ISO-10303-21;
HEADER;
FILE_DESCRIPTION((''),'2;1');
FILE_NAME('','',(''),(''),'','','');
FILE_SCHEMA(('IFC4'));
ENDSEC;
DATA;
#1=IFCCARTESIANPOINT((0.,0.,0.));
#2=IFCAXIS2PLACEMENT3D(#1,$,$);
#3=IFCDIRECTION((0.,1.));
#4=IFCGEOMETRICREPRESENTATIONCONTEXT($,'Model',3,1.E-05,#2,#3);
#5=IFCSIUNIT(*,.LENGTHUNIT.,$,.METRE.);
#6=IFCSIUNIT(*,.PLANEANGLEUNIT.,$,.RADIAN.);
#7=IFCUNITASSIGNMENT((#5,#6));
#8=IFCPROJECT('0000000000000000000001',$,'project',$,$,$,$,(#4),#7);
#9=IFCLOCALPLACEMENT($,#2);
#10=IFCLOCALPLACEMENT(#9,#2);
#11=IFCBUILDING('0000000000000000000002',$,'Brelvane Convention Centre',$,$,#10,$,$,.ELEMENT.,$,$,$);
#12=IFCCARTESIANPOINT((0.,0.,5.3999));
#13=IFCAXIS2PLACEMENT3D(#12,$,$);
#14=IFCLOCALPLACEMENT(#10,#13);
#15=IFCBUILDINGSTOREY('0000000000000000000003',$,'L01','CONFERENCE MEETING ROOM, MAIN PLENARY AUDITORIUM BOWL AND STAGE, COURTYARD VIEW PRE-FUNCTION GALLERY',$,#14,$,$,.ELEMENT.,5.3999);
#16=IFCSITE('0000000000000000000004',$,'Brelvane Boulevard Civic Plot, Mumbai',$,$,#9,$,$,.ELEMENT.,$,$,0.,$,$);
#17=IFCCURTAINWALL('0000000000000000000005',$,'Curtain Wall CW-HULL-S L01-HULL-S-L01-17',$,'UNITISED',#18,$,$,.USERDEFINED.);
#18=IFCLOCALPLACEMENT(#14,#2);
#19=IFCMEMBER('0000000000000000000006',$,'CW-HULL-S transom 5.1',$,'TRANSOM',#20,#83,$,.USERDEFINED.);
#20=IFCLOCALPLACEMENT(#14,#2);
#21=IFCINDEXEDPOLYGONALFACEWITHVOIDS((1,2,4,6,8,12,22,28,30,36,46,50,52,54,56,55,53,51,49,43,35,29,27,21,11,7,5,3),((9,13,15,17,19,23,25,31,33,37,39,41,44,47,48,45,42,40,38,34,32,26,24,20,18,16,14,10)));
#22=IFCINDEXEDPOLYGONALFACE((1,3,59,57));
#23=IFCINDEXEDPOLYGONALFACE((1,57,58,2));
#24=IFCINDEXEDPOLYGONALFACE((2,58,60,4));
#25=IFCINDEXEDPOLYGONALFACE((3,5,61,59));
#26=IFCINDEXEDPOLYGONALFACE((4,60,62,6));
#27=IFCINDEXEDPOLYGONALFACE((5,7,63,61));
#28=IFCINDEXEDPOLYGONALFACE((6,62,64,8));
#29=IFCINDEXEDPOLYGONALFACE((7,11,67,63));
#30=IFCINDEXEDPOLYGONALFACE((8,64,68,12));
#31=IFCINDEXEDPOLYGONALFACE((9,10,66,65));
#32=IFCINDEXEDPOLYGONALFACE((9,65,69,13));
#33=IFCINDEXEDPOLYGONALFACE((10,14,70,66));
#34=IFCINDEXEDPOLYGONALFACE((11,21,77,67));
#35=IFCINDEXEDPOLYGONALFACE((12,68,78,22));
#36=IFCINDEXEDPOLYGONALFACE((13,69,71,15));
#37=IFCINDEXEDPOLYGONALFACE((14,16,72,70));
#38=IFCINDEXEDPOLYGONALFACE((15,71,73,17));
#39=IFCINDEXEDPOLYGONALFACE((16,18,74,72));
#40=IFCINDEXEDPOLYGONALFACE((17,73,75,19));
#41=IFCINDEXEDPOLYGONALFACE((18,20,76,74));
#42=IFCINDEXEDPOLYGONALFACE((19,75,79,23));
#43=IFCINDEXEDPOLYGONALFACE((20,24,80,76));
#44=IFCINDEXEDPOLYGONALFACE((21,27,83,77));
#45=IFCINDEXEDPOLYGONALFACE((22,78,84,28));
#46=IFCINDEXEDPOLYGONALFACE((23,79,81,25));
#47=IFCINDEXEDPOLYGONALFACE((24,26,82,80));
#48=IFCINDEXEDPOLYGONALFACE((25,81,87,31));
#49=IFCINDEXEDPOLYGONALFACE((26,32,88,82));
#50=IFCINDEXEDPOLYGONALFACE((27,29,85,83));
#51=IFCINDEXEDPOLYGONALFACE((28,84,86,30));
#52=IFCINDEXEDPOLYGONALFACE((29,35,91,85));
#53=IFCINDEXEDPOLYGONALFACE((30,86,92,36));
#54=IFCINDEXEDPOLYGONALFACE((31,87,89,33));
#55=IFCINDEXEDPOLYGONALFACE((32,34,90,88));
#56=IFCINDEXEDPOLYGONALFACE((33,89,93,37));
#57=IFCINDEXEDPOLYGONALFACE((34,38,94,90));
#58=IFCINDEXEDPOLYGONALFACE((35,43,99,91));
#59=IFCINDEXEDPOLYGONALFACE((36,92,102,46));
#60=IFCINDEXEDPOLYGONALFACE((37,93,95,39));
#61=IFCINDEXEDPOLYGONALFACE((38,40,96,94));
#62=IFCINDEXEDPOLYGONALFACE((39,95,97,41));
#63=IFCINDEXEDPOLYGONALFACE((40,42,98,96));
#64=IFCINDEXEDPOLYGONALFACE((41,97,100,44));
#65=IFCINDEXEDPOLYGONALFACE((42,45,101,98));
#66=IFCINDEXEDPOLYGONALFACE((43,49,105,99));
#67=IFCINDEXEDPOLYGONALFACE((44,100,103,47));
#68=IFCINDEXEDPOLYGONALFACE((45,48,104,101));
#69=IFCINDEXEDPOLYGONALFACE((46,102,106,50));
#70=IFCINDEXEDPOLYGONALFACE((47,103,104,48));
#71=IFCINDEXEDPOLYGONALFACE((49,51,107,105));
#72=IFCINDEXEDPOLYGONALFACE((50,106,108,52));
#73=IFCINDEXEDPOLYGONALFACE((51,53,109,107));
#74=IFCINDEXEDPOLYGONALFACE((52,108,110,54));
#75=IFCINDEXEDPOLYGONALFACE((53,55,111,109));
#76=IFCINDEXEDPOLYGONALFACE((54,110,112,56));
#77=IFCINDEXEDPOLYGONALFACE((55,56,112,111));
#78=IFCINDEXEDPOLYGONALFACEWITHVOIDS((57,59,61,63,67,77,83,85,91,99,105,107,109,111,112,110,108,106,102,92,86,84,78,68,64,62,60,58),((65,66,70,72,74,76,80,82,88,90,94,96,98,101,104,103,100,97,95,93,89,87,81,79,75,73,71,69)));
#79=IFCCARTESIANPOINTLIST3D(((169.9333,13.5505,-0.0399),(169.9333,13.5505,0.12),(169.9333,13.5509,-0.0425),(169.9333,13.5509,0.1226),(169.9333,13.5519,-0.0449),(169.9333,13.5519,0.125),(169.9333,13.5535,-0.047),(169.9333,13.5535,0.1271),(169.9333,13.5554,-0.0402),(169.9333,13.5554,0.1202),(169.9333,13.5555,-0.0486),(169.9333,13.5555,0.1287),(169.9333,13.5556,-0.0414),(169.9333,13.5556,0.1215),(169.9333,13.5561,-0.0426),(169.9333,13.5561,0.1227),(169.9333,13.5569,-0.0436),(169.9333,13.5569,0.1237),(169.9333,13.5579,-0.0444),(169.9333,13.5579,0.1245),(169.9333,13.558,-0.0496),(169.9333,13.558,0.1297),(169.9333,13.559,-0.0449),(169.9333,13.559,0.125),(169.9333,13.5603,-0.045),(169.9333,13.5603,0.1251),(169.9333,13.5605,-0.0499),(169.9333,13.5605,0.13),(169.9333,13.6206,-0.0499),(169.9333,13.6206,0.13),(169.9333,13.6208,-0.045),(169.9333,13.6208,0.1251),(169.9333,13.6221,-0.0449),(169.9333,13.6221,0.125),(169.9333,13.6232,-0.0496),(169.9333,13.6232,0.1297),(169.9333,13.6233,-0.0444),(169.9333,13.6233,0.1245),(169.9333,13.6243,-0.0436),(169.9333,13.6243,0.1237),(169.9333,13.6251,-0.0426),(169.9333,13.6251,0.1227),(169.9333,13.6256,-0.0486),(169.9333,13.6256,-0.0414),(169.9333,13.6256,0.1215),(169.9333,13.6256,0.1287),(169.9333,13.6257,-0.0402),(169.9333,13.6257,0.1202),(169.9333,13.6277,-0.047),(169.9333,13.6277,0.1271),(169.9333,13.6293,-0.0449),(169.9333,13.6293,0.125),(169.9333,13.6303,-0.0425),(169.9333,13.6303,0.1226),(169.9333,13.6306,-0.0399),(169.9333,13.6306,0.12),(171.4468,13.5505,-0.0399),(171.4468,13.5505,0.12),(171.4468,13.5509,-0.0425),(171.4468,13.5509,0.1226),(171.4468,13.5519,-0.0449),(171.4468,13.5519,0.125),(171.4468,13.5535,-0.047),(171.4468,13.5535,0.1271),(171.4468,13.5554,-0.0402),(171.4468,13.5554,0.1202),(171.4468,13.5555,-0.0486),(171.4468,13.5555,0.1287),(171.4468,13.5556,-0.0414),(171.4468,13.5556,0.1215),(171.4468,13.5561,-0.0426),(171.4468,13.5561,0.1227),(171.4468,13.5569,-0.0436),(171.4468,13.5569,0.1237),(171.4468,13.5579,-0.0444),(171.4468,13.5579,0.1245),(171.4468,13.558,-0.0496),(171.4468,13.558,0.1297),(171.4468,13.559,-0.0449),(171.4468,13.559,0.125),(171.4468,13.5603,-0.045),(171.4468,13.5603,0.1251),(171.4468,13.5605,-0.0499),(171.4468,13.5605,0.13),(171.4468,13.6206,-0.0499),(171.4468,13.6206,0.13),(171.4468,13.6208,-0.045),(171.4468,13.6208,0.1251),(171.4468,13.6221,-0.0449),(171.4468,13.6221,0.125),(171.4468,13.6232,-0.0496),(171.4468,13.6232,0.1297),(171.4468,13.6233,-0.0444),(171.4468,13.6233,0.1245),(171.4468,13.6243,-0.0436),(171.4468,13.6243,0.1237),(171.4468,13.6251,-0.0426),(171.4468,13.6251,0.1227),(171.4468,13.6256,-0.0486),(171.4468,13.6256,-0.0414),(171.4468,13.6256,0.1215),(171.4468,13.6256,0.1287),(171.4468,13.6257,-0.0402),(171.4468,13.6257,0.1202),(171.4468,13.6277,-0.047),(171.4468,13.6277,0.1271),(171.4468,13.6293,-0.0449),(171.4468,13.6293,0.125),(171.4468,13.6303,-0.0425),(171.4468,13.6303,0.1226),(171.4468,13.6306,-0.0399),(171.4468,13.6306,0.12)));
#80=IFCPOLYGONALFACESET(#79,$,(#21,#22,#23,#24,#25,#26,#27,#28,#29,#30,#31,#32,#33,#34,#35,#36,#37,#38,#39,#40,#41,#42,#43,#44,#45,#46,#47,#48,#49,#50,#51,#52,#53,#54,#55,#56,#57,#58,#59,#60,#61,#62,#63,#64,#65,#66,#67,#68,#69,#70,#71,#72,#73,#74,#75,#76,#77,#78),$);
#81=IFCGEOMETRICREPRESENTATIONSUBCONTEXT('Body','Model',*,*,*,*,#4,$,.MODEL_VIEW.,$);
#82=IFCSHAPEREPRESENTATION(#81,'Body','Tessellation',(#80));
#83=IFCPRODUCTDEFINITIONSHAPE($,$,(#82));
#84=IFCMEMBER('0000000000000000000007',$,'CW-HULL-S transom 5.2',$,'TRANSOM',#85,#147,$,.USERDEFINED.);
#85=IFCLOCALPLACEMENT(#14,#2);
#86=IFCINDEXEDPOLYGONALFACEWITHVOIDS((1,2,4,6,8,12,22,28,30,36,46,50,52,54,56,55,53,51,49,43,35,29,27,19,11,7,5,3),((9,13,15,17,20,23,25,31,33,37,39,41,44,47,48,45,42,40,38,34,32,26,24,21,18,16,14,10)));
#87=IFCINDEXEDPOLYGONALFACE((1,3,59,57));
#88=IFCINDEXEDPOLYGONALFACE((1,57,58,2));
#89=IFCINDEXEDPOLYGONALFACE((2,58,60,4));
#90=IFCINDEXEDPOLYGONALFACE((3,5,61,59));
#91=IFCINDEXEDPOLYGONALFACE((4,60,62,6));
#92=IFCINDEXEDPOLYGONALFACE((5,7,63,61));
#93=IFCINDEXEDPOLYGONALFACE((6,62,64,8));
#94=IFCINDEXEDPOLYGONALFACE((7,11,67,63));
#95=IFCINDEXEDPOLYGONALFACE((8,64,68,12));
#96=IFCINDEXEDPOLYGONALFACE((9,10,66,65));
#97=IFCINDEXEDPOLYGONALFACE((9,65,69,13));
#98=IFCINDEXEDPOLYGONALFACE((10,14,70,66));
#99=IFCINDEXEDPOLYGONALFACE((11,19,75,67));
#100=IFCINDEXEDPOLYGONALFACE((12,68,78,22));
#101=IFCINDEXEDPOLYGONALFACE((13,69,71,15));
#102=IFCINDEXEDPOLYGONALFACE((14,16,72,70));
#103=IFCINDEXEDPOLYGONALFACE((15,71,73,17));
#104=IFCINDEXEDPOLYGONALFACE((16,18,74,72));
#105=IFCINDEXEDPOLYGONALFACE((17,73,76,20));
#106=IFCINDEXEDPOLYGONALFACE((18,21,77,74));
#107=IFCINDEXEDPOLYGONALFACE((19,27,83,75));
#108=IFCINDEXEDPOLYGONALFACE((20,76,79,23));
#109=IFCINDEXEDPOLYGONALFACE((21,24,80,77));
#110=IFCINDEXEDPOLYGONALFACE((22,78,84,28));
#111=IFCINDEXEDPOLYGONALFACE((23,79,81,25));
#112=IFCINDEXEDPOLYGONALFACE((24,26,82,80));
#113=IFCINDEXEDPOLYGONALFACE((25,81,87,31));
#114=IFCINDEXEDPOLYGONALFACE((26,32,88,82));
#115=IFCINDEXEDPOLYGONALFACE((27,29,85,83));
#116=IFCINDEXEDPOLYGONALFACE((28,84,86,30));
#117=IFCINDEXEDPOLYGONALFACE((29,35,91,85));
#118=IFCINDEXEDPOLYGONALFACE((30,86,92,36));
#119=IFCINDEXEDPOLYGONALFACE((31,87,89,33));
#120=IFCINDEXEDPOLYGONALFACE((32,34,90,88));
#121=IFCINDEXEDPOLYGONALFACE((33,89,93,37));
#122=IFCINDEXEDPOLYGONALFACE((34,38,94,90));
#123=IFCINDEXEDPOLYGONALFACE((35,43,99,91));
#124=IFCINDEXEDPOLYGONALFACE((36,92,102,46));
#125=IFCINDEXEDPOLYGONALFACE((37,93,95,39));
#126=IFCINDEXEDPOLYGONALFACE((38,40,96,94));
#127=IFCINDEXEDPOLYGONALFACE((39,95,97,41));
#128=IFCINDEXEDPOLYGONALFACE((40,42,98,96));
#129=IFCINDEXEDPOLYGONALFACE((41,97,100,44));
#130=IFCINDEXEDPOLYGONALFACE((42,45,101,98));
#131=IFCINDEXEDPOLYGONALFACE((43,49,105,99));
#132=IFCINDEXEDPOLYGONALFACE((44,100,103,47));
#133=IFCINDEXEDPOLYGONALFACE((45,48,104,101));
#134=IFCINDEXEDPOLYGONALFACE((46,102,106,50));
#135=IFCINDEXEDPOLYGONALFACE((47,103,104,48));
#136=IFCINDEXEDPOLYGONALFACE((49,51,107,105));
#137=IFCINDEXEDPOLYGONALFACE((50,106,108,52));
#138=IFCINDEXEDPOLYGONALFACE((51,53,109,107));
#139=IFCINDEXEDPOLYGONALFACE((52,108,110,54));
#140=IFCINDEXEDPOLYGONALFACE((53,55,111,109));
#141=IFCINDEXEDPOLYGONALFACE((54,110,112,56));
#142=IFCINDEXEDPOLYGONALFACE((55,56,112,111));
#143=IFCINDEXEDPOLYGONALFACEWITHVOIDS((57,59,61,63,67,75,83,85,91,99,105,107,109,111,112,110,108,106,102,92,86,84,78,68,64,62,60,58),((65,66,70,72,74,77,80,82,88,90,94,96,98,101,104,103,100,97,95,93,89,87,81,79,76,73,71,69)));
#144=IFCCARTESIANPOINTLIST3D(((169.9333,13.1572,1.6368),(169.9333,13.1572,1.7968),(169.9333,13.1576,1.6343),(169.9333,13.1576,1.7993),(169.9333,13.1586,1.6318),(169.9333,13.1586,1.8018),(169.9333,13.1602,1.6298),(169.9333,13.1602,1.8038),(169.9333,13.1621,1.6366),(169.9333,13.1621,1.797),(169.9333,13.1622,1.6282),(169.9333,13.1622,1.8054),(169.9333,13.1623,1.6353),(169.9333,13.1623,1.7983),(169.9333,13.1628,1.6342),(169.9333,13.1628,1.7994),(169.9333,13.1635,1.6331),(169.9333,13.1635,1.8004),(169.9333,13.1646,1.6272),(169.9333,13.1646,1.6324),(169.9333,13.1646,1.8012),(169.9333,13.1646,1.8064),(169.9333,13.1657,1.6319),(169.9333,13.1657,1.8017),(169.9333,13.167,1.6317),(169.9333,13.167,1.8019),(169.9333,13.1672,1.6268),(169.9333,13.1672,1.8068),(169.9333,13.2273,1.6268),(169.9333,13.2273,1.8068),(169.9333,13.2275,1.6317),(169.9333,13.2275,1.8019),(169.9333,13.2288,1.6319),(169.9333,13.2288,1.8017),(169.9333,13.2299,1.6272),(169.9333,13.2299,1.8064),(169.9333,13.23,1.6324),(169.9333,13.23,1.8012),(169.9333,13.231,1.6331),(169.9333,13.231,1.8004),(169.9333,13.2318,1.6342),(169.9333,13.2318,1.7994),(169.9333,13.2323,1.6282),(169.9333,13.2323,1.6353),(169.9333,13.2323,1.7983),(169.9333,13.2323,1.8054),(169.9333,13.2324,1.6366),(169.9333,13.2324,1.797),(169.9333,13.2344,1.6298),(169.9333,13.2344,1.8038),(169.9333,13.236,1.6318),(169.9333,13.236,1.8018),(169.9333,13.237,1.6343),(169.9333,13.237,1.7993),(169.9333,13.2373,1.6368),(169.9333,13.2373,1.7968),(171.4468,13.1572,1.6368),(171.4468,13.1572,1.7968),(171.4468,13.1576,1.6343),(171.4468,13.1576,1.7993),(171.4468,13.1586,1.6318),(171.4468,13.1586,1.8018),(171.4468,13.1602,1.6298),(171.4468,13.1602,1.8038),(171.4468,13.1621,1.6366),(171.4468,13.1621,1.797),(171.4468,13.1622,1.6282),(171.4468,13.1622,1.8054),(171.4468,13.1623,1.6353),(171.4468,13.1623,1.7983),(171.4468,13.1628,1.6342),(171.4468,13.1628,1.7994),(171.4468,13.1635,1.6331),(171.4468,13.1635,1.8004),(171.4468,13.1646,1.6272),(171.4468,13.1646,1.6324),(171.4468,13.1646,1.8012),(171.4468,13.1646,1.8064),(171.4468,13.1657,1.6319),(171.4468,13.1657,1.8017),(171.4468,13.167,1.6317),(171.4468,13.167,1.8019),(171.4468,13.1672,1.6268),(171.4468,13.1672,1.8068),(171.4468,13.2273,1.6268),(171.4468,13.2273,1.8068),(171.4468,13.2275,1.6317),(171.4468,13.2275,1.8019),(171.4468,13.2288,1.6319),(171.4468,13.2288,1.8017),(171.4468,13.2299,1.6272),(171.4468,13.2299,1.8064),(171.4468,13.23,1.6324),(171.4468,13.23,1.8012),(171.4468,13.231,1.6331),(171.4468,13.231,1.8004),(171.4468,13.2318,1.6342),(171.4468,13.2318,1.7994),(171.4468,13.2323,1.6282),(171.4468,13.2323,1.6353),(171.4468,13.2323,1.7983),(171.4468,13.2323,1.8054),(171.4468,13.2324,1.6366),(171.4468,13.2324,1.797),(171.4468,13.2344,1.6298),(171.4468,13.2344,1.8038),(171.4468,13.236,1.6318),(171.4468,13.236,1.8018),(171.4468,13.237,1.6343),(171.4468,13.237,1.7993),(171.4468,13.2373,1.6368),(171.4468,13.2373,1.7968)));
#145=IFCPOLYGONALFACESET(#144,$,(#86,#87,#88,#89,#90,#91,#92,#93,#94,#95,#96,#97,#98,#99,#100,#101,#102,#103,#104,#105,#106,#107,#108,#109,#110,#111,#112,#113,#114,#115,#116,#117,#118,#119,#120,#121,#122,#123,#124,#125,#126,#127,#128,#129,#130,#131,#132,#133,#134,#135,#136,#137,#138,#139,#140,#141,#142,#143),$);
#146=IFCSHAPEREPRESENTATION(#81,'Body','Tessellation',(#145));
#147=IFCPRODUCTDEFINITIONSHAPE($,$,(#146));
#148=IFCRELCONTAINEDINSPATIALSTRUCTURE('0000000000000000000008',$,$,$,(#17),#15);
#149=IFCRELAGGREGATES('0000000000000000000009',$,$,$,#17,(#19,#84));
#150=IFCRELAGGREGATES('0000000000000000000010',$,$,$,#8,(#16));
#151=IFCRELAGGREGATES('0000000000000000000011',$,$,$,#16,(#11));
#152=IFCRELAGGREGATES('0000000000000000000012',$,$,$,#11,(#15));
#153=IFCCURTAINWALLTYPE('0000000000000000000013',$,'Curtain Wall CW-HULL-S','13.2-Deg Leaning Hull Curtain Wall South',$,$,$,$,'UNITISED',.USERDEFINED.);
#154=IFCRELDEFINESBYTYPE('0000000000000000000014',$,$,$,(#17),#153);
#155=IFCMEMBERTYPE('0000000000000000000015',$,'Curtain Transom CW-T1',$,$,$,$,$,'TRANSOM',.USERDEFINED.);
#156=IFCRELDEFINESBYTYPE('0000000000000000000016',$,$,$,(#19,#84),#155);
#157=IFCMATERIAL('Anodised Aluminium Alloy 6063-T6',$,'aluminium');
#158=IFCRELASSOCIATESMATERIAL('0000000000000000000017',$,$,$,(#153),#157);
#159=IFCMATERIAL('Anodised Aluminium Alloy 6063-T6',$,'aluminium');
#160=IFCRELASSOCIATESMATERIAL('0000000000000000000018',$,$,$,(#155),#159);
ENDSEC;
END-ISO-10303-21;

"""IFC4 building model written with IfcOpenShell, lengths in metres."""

from ifc_helpers import new_model, si_unit, direction, frame, origin, origin_2d, place, context, subcontext, project, spatial, hollow_rectangle, extrude, material, material_profile, profile_set, type_object, element, aggregate, save


model = new_model("IFC4")

# Units and contexts
model_context = context("Model", 3, precision=1e-05, world=origin(), true_north=direction((0.0, 1.0)))
body_context = subcontext(model_context, "Body", "Model", "MODEL_VIEW")
ifc_project = project(units=[si_unit("LENGTHUNIT", "METRE"), si_unit("PLANEANGLEUNIT", "RADIAN")], contexts=[model_context])

# Site, building, storey
site_placement = place(None, origin())
site = spatial("IfcSite", under=ifc_project, at=site_placement, Name="Brelvane Boulevard Civic Plot, Mumbai", CompositionType="ELEMENT", RefElevation=0.0)
building_placement = place(site_placement, origin())
building = spatial("IfcBuilding", under=site, at=building_placement, Name="Brelvane Convention Centre", CompositionType="ELEMENT")
storey_placement = place(building_placement, frame((0.0, 0.0, 5.3999)))
storey = spatial("IfcBuildingStorey", under=building, at=storey_placement, Name="L01", Description="CONFERENCE MEETING ROOM, MAIN PLENARY AUDITORIUM BOWL AND STAGE, COURTYARD VIEW PRE-FUNCTION GALLERY", CompositionType="ELEMENT", Elevation=5.3999)

# Curtain wall, members
ifc_material_1 = material(Name="Anodised Aluminium Alloy 6063-T6", Category="aluminium")
curtain_wall_type = type_object("IfcCurtainWallType", Name="Curtain Wall CW-HULL-S", Description="13.2-Deg Leaning Hull Curtain Wall South", ElementType="UNITISED", PredefinedType="USERDEFINED", material=ifc_material_1)
curtain_wall_1_placement = place(storey_placement, origin())
curtain_wall_1 = element("IfcCurtainWall", 1, at=curtain_wall_1_placement, inside=storey, type_object=curtain_wall_type, Name="Curtain Wall CW-HULL-S L01-HULL-S-L01-17", ObjectType="UNITISED", PredefinedType="USERDEFINED")
ifc_material_2 = material(Name="Anodised Aluminium Alloy 6063-T6", Category="aluminium")
ifc_material_profile = material_profile(ifc_material_2, hollow_rectangle(XDim=0.0801, YDim=0.1799, WallThickness=0.0049, InnerFilletRadius=0.0049, OuterFilletRadius=0.01, at=origin_2d()), Name="ALU-T 180x80x5.0")
ifc_profile_set = profile_set([ifc_material_profile], Name="Anodised Aluminium Alloy 6063-T6")
member_type = type_object("IfcMemberType", Name="Curtain Transom CW-T1", ElementType="TRANSOM", PredefinedType="USERDEFINED", material=ifc_profile_set)
member_1_placement = place(storey_placement, frame((169.9333, 13.5906, 0.04), z_axis=(1.0, 0.0, 0.0), x_axis=(0.0, 1.0, 0.0)))
member_1 = element("IfcMember", 2, at=member_1_placement, type_object=member_type, Name="CW-HULL-S transom 5.1", ObjectType="TRANSOM", PredefinedType="USERDEFINED", context=body_context, shape_type="SweptSolid", body=[
    extrude(hollow_rectangle(XDim=0.0801, YDim=0.1799, WallThickness=0.0049, InnerFilletRadius=0.0049, OuterFilletRadius=0.01, at=origin_2d()), origin(), (0.0, 0.0, 1.0), 1.5134),
])
member_2_placement = place(storey_placement, frame((169.9333, 13.1973, 1.7168), z_axis=(1.0, 0.0, 0.0), x_axis=(0.0, 1.0, 0.0)))
member_2 = element("IfcMember", 3, at=member_2_placement, type_object=member_type, Name="CW-HULL-S transom 5.2", ObjectType="TRANSOM", PredefinedType="USERDEFINED", context=body_context, shape_type="SweptSolid", body=[
    extrude(hollow_rectangle(XDim=0.0801, YDim=0.1799, WallThickness=0.0049, InnerFilletRadius=0.0049, OuterFilletRadius=0.01, at=origin_2d()), origin(), (0.0, 0.0, 1.0), 1.5134),
])

aggregate(curtain_wall_1, [member_1, member_2])

save(model, "model.ifc")
